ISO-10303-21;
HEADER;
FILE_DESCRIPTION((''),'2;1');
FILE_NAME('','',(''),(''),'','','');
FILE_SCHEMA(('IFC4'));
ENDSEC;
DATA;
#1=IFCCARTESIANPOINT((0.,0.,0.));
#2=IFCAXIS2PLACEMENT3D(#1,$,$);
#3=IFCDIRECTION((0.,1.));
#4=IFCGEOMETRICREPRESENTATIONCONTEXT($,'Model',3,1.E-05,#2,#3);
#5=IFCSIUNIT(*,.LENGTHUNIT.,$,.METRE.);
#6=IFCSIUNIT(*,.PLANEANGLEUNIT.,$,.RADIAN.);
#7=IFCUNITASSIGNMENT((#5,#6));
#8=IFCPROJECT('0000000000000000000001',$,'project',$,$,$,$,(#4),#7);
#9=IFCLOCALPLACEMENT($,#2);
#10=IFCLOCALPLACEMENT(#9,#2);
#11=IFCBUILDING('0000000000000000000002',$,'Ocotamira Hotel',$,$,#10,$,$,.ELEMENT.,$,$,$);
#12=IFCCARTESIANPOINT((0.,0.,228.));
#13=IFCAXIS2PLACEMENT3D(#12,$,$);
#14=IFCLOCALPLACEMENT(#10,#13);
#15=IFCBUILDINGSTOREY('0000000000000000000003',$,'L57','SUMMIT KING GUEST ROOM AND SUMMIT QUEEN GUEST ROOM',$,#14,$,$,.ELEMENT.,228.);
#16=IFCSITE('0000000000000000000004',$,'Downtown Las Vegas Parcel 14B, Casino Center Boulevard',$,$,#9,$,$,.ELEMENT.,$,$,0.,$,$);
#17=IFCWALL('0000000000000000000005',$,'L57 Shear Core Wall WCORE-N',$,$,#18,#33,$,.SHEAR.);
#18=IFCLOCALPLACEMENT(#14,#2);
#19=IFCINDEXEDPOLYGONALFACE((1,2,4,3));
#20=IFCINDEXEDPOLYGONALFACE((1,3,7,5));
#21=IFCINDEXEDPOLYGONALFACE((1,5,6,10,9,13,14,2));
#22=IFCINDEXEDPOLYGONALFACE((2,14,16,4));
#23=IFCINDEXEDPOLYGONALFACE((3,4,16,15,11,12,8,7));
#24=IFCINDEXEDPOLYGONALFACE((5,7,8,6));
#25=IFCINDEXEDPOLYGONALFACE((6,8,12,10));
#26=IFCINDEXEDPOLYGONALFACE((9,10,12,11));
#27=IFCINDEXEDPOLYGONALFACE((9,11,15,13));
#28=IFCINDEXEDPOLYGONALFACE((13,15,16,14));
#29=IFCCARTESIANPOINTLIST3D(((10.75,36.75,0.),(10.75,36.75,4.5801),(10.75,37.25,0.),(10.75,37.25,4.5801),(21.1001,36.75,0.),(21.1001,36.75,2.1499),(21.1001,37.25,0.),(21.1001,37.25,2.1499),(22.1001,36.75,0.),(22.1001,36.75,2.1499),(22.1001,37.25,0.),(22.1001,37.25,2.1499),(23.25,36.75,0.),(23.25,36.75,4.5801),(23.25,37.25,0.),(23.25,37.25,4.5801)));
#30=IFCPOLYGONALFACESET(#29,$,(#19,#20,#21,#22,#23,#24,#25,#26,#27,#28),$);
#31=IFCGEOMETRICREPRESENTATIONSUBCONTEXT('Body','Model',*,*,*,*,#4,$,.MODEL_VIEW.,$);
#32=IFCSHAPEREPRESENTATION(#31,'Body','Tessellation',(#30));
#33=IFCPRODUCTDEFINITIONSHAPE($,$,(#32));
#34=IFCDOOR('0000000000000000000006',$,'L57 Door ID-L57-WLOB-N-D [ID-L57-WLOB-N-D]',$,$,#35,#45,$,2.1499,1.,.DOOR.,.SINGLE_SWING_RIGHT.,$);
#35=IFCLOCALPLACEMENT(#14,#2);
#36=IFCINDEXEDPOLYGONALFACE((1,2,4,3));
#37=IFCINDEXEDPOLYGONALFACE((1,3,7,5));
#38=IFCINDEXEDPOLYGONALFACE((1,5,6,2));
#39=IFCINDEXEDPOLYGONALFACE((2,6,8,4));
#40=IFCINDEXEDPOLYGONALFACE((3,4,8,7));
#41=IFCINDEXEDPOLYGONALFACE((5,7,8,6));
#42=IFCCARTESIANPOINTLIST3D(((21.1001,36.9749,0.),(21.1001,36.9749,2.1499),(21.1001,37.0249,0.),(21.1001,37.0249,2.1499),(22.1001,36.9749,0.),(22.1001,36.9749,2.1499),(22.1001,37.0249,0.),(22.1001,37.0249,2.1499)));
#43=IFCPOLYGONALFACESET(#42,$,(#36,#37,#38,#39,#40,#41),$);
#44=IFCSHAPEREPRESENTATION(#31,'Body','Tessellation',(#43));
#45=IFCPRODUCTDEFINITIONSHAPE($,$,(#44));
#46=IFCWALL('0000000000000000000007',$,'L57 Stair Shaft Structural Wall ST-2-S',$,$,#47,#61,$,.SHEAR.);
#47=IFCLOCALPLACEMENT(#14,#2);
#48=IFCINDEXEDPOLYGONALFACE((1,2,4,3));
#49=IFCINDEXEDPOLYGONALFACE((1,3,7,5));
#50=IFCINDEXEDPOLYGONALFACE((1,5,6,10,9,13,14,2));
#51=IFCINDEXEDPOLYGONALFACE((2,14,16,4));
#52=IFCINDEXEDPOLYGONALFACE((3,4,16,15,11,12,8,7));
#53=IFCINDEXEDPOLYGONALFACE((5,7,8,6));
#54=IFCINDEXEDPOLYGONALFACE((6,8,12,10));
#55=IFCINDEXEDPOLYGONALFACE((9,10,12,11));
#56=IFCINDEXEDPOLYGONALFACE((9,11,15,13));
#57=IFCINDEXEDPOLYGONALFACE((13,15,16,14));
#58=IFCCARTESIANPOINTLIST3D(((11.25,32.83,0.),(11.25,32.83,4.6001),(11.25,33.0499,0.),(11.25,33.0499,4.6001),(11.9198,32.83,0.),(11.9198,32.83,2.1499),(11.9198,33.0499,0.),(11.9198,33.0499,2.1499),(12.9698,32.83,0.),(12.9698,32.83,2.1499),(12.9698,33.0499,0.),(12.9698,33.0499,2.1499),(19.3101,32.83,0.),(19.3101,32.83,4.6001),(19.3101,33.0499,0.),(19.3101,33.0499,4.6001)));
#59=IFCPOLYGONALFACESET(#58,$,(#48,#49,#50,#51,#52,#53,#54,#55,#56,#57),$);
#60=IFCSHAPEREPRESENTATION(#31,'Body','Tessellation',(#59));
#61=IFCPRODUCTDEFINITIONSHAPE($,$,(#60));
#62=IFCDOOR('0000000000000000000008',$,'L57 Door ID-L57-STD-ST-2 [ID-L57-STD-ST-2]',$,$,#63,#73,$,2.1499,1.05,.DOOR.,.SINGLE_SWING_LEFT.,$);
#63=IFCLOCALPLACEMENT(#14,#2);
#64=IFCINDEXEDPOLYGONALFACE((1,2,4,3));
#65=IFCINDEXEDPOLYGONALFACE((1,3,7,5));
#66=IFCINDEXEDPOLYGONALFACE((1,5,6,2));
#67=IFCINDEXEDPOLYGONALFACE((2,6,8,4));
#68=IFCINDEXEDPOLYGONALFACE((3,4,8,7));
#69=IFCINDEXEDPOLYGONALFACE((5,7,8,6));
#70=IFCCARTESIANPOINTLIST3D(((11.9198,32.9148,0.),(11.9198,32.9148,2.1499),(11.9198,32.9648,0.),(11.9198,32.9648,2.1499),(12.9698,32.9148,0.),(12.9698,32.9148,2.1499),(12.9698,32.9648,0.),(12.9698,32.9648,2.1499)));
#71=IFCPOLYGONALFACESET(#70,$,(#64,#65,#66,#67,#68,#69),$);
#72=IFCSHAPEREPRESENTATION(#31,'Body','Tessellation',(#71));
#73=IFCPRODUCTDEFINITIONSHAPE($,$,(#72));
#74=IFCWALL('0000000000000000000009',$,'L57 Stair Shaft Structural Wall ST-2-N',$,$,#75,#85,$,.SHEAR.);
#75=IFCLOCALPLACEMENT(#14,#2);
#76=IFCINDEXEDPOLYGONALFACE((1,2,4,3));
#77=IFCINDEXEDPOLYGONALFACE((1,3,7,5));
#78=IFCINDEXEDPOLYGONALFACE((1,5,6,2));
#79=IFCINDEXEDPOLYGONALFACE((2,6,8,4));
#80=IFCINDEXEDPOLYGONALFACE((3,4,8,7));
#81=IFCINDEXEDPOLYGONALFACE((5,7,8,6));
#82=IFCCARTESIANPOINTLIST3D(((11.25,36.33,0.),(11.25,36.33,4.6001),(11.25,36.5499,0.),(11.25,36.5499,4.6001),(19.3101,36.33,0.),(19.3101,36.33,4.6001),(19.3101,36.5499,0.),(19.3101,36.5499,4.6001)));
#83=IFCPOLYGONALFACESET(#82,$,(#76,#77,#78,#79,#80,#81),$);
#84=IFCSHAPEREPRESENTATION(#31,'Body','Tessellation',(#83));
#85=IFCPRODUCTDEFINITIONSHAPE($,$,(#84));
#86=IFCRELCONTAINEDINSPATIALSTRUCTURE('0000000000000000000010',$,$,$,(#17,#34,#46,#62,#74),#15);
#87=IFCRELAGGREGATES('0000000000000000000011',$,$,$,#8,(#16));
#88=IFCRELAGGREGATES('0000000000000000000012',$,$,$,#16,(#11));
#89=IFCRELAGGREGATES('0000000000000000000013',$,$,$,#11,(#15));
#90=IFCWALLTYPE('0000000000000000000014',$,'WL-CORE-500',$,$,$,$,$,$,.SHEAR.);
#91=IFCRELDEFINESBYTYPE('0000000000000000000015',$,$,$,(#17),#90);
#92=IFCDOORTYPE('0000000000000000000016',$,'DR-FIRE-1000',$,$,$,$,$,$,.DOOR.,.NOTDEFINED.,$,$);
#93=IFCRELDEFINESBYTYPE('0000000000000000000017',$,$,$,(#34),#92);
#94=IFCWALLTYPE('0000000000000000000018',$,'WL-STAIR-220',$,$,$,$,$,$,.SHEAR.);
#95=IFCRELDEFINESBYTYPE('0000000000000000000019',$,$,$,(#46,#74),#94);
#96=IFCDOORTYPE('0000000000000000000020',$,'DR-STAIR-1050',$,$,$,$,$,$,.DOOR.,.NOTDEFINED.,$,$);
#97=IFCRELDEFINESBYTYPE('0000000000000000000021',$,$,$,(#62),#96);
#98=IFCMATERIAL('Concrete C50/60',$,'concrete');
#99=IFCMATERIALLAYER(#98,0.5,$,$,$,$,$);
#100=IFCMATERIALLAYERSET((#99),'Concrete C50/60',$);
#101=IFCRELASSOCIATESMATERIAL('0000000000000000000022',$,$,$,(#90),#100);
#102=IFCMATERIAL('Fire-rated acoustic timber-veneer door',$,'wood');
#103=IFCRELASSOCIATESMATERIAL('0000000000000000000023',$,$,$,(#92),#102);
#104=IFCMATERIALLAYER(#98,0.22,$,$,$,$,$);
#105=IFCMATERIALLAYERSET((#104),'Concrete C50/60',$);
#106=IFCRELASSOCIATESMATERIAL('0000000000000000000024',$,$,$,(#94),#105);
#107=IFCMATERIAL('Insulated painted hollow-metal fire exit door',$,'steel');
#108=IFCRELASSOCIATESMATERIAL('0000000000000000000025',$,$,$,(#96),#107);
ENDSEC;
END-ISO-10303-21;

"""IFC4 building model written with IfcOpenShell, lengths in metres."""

from ifc_helpers import new_model, si_unit, direction, frame, frame_2d, origin, place, context, subcontext, project, spatial, rectangle, extrude, source, transform, mapped, material, layer, layer_set, type_object, element, fill, save


model = new_model("IFC4")

# Units and contexts
model_context = context("Model", 3, precision=1e-05, world=origin(), true_north=direction((0.0, 1.0)))
body_context = subcontext(model_context, "Body", "Model", "MODEL_VIEW")
ifc_project = project(units=[si_unit("LENGTHUNIT", "METRE"), si_unit("PLANEANGLEUNIT", "RADIAN")], contexts=[model_context])

# Site, building, storey
site_placement = place(None, origin())
site = spatial("IfcSite", under=ifc_project, at=site_placement, Name="Downtown Las Vegas Parcel 14B, Casino Center Boulevard", CompositionType="ELEMENT", RefElevation=0.0)
building_placement = place(site_placement, origin())
building = spatial("IfcBuilding", under=site, at=building_placement, Name="Ocotamira Hotel", CompositionType="ELEMENT")
storey_placement = place(building_placement, frame((0.0, 0.0, 228.0)))
storey = spatial("IfcBuildingStorey", under=building, at=storey_placement, Name="L57", Description="SUMMIT KING GUEST ROOM AND SUMMIT QUEEN GUEST ROOM", CompositionType="ELEMENT", Elevation=228.0)

# Walls, openings, doors
ifc_material_1 = material(Name="Concrete C50/60", Category="concrete")
ifc_layer_1 = layer(ifc_material_1, 0.5)
ifc_layer_set_1 = layer_set([ifc_layer_1], Name="Concrete C50/60")
wall_type_1 = type_object("IfcWallType", Name="WL-CORE-500", PredefinedType="SHEAR", material=ifc_layer_set_1)
wall_1_placement = place(storey_placement, frame((10.75, 37.0, 0.0), z_axis=(0.0, 0.0, 1.0), x_axis=(1.0, 0.0, 0.0)))
wall_1 = element("IfcWall", 1, at=wall_1_placement, inside=storey, type_object=wall_type_1, Name="L57 Shear Core Wall WCORE-N", PredefinedType="SHEAR", context=body_context, shape_type="SweptSolid", body=[
    extrude(rectangle(XDim=12.5, YDim=0.5, at=frame_2d((6.25, 0.0))), origin(), (0.0, 0.0, 1.0), 4.5801),
])
opening_1_placement = place(wall_1_placement, frame((10.3501, 0.0, 0.0)))
opening_1 = element("IfcOpeningElement", 2, at=opening_1_placement, cuts=wall_1, PredefinedType="OPENING", context=body_context, shape_type="SweptSolid", body=[
    extrude(rectangle(XDim=1.0, YDim=2.1499, at=frame_2d((0.5, 1.075))), frame((0.0, 0.26, 0.0), z_axis=(0.0, -1.0, 0.0), x_axis=(1.0, 0.0, 0.0)), (0.0, 0.0, 1.0), 0.52),
])
ifc_material_2 = material(Name="Fire-rated acoustic timber-veneer door", Category="wood")
door_type_1 = type_object("IfcDoorType", Name="DR-FIRE-1000", OperationType="NOTDEFINED", PredefinedType="DOOR", material=ifc_material_2)
shared_shape_1 = source(origin(), body_context, "Body", "SweptSolid", [
    extrude(rectangle(XDim=1.0, YDim=2.1499, at=frame_2d((0.5, 1.075))), frame((0.0, 0.0249, 0.0), z_axis=(0.0, -1.0, 0.0), x_axis=(1.0, 0.0, 0.0)), (0.0, 0.0, 1.0), 0.05),
])
door_1_placement = place(opening_1_placement, origin())
door_1 = element("IfcDoor", 3, at=door_1_placement, inside=storey, type_object=door_type_1, Name="L57 Door ID-L57-WLOB-N-D [ID-L57-WLOB-N-D]", OperationType="SINGLE_SWING_RIGHT", OverallHeight=2.1499, OverallWidth=1.0, PredefinedType="DOOR", context=body_context, shape_type="MappedRepresentation", body=[
    mapped(shared_shape_1, transform((0.0, 0.0, 0.0), scale=1.0)),
])
fill(opening_1, door_1)
ifc_layer_2 = layer(ifc_material_1, 0.22)
ifc_layer_set_2 = layer_set([ifc_layer_2], Name="Concrete C50/60")
wall_type_2 = type_object("IfcWallType", Name="WL-STAIR-220", PredefinedType="SHEAR", material=ifc_layer_set_2)
wall_2_placement = place(storey_placement, frame((11.25, 32.9399, 0.0), z_axis=(0.0, 0.0, 1.0), x_axis=(1.0, 0.0, 0.0)))
wall_2 = element("IfcWall", 4, at=wall_2_placement, inside=storey, type_object=wall_type_2, Name="L57 Stair Shaft Structural Wall ST-2-S", PredefinedType="SHEAR", context=body_context, shape_type="SweptSolid", body=[
    extrude(rectangle(XDim=8.0601, YDim=0.22, at=frame_2d((4.03, 0.0))), origin(), (0.0, 0.0, 1.0), 4.6001),
])
opening_2_placement = place(wall_2_placement, frame((0.6699, 0.0, 0.0)))
opening_2 = element("IfcOpeningElement", 5, at=opening_2_placement, cuts=wall_2, PredefinedType="OPENING", context=body_context, shape_type="SweptSolid", body=[
    extrude(rectangle(XDim=1.05, YDim=2.1499, at=frame_2d((0.5249, 1.075))), frame((0.0, 0.1201, 0.0), z_axis=(0.0, -1.0, 0.0), x_axis=(1.0, 0.0, 0.0)), (0.0, 0.0, 1.0), 0.24),
])
ifc_material_3 = material(Name="Insulated painted hollow-metal fire exit door", Category="steel")
door_type_2 = type_object("IfcDoorType", Name="DR-STAIR-1050", OperationType="NOTDEFINED", PredefinedType="DOOR", material=ifc_material_3)
shared_shape_2 = source(origin(), body_context, "Body", "SweptSolid", [
    extrude(rectangle(XDim=1.05, YDim=2.1499, at=frame_2d((0.5249, 1.075))), frame((0.0, 0.0249, 0.0), z_axis=(0.0, -1.0, 0.0), x_axis=(1.0, 0.0, 0.0)), (0.0, 0.0, 1.0), 0.05),
])
door_2_placement = place(opening_2_placement, origin())
door_2 = element("IfcDoor", 6, at=door_2_placement, inside=storey, type_object=door_type_2, Name="L57 Door ID-L57-STD-ST-2 [ID-L57-STD-ST-2]", OperationType="SINGLE_SWING_LEFT", OverallHeight=2.1499, OverallWidth=1.05, PredefinedType="DOOR", context=body_context, shape_type="MappedRepresentation", body=[
    mapped(shared_shape_2, transform((0.0, 0.0, 0.0), scale=1.0)),
])
fill(opening_2, door_2)

# Wall
wall_3_placement = place(storey_placement, frame((11.25, 36.4399, 0.0), z_axis=(0.0, 0.0, 1.0), x_axis=(1.0, 0.0, 0.0)))
element("IfcWall", 7, at=wall_3_placement, inside=storey, type_object=wall_type_2, Name="L57 Stair Shaft Structural Wall ST-2-N", PredefinedType="SHEAR", context=body_context, shape_type="SweptSolid", body=[
    extrude(rectangle(XDim=8.0601, YDim=0.22, at=frame_2d((4.03, 0.0))), origin(), (0.0, 0.0, 1.0), 4.6001),
])

save(model, "model.ifc")
